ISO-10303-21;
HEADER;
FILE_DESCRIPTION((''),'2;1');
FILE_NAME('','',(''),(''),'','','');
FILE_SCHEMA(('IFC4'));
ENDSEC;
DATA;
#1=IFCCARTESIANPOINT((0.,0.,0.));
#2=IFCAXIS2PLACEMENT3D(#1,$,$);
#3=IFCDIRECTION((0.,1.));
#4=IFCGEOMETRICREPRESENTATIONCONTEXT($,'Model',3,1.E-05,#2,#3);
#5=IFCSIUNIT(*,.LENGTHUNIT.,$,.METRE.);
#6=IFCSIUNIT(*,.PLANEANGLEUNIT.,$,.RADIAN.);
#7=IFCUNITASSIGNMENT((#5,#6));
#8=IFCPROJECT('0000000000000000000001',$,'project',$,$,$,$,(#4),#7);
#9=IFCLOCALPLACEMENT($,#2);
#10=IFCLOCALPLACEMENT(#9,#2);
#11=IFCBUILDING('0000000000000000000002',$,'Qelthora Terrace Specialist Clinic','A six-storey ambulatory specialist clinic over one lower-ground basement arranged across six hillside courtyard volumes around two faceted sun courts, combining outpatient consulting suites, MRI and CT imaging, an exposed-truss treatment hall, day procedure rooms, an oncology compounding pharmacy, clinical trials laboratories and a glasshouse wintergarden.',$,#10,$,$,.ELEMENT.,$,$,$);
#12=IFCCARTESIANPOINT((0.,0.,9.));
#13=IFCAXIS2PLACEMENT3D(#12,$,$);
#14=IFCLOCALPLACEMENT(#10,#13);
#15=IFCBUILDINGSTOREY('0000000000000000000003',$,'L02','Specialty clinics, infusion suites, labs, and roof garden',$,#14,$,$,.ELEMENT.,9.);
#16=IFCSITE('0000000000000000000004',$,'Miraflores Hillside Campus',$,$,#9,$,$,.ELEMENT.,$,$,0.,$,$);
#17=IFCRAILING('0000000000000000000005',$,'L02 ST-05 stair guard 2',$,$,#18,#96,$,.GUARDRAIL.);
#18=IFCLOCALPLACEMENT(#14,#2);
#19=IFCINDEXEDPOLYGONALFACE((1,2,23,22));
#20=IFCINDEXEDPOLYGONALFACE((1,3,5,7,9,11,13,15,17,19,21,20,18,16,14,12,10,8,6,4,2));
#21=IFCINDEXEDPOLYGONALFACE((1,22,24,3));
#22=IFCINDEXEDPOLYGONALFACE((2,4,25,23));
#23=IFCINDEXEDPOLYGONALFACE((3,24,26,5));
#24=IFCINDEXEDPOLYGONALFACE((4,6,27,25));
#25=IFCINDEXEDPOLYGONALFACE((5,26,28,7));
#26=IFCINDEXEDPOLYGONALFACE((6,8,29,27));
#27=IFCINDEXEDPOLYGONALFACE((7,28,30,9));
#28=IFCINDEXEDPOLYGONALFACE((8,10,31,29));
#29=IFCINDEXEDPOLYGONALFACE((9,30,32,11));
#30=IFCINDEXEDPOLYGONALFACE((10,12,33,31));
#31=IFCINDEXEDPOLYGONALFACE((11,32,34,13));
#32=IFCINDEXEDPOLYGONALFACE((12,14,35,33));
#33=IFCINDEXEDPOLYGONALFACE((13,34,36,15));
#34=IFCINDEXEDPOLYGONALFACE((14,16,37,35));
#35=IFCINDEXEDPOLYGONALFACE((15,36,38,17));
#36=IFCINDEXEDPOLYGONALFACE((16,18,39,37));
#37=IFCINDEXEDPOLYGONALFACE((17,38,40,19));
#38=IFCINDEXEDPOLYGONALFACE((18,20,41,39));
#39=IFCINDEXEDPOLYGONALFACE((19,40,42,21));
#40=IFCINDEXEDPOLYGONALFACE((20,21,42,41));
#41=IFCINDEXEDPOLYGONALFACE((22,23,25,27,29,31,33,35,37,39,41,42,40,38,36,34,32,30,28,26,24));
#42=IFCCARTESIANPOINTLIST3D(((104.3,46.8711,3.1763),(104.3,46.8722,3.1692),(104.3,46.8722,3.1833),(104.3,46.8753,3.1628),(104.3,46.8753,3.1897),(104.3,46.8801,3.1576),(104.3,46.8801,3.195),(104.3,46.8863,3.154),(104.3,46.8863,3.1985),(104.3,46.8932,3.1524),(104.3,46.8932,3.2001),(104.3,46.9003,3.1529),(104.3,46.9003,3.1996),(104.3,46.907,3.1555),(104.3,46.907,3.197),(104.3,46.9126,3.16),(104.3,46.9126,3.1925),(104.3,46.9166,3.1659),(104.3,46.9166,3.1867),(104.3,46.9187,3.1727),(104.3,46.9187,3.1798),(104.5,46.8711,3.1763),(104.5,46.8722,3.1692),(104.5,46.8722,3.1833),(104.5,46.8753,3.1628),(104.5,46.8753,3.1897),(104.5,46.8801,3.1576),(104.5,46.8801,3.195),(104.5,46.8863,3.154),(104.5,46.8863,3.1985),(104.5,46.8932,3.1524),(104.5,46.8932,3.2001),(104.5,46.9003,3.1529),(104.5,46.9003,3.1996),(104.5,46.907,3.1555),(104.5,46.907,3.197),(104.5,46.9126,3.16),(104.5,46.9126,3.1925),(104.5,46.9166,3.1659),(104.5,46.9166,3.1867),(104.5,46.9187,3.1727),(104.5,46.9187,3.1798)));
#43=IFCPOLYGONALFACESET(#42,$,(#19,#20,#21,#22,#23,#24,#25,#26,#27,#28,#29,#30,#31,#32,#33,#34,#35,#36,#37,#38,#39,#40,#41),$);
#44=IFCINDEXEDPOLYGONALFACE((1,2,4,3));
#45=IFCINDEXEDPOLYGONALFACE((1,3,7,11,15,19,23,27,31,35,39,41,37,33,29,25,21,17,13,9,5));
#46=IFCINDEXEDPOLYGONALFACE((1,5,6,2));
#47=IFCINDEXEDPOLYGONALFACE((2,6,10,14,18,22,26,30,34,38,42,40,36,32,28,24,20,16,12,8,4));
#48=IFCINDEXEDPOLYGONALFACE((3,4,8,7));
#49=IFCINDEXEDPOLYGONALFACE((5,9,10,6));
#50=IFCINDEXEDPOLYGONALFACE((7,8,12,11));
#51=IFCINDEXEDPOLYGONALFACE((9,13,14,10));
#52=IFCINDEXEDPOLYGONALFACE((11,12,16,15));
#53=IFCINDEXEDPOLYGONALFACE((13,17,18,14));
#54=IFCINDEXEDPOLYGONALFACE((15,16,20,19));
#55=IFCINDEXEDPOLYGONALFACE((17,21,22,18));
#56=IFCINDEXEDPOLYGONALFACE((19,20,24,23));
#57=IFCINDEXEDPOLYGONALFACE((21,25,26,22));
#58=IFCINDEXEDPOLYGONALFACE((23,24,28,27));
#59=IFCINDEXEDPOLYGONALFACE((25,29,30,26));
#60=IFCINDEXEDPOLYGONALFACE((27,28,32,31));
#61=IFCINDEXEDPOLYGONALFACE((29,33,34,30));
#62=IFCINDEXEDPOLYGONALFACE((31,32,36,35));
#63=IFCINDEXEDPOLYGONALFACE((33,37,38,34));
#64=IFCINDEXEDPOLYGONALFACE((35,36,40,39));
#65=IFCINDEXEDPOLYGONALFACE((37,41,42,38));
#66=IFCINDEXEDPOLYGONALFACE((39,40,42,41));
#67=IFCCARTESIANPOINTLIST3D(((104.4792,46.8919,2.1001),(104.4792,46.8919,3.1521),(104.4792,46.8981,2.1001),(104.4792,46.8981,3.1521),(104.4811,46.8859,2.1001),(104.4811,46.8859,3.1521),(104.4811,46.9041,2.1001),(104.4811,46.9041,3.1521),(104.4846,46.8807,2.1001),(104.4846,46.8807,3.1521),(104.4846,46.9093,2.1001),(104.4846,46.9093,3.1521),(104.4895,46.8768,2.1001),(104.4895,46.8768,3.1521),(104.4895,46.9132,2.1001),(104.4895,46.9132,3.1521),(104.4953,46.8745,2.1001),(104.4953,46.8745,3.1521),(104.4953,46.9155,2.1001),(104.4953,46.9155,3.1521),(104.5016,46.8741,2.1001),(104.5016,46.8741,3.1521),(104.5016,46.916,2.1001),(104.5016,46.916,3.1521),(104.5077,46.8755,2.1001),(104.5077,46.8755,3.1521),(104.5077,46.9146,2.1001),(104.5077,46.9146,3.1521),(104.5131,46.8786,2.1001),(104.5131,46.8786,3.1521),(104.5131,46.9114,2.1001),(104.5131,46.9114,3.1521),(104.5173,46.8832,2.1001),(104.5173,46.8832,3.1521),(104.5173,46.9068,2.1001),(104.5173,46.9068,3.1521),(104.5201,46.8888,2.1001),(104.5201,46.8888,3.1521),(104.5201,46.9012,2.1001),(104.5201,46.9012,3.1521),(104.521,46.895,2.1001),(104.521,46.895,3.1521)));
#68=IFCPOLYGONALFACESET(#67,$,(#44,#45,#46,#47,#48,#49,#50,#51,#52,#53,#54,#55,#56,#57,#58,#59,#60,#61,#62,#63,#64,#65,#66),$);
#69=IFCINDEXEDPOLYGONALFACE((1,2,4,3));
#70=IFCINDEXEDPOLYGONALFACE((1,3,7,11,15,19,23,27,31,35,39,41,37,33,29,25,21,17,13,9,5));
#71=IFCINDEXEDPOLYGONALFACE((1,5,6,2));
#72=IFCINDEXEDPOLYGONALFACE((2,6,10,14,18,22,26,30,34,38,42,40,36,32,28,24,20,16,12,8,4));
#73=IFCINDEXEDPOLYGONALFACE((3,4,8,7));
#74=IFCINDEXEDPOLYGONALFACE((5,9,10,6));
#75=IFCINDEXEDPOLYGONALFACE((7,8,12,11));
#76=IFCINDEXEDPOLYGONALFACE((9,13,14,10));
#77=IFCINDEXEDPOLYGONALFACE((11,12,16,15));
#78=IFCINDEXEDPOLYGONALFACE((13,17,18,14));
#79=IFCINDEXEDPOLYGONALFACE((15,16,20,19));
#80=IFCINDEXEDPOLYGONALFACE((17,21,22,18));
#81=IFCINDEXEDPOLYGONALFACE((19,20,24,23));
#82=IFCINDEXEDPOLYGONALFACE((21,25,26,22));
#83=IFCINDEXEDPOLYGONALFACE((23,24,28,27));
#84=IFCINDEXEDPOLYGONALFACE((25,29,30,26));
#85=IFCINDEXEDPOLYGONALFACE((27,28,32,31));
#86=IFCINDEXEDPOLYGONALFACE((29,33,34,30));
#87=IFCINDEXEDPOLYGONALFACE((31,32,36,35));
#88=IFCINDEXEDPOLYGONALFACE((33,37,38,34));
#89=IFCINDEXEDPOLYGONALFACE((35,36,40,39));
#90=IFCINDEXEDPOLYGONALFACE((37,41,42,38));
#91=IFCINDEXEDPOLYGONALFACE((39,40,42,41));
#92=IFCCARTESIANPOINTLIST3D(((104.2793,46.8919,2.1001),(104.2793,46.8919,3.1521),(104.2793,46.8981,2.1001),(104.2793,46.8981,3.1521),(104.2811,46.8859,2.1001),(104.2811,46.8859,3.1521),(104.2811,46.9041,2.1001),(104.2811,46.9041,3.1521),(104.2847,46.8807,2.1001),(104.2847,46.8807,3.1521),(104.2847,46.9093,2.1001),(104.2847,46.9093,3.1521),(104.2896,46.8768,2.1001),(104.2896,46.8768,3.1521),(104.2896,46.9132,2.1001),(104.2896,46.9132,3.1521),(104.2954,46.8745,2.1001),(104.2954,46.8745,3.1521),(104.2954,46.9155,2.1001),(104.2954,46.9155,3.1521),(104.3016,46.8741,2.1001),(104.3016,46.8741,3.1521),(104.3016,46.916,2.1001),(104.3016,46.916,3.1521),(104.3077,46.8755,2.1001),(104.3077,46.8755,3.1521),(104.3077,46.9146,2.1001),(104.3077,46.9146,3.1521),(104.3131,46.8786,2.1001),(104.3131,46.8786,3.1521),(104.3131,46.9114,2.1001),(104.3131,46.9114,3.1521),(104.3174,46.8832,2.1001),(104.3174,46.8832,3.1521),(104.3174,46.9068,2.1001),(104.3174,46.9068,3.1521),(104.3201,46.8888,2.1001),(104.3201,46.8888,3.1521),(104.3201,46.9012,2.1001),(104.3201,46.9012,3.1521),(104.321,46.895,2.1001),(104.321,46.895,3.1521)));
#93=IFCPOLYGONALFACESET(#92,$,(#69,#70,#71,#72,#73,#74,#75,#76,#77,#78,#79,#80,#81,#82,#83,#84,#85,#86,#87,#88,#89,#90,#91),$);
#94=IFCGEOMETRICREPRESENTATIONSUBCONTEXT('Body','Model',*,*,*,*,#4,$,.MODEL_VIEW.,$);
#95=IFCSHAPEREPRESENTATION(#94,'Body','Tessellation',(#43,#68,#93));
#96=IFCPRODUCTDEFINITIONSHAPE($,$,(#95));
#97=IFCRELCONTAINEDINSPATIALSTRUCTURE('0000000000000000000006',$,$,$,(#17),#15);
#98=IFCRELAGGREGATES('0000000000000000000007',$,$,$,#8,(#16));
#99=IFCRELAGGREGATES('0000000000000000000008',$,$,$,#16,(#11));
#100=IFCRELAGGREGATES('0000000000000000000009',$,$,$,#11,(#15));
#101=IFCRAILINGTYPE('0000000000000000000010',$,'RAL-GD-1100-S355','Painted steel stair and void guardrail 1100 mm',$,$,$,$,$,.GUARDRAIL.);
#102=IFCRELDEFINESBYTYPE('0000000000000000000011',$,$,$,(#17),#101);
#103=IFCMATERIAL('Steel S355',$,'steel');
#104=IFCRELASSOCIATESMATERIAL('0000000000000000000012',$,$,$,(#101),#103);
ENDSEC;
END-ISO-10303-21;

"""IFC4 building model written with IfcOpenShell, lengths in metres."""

from ifc_helpers import new_model, si_unit, direction, frame, origin, origin_2d, place, context, subcontext, project, spatial, circle, extrude, material, type_object, element, save


model = new_model("IFC4")

# Units and contexts
model_context = context("Model", 3, precision=1e-05, world=origin(), true_north=direction((0.0, 1.0)))
body_context = subcontext(model_context, "Body", "Model", "MODEL_VIEW")
ifc_project = project(units=[si_unit("LENGTHUNIT", "METRE"), si_unit("PLANEANGLEUNIT", "RADIAN")], contexts=[model_context])

# Site, building, storey
site_placement = place(None, origin())
site = spatial("IfcSite", under=ifc_project, at=site_placement, Name="Miraflores Hillside Campus", CompositionType="ELEMENT", RefElevation=0.0)
building_placement = place(site_placement, origin())
building = spatial("IfcBuilding", under=site, at=building_placement, Name="Qelthora Terrace Specialist Clinic", Description="A six-storey ambulatory specialist clinic over one lower-ground basement arranged across six hillside courtyard volumes around two faceted sun courts, combining outpatient consulting suites, MRI and CT imaging, an exposed-truss treatment hall, day procedure rooms, an oncology compounding pharmacy, clinical trials laboratories and a glasshouse wintergarden.", CompositionType="ELEMENT")
storey_placement = place(building_placement, frame((0.0, 0.0, 9.0)))
storey = spatial("IfcBuildingStorey", under=building, at=storey_placement, Name="L02", Description="Specialty clinics, infusion suites, labs, and roof garden", CompositionType="ELEMENT", Elevation=9.0)

# Shared definitions
ifc_material_1 = material(Name="Steel S355", Category="steel")

# Railing
railing_type_1 = type_object("IfcRailingType", Name="RAL-GD-1100-S355", Description="Painted steel stair and void guardrail 1100 mm", PredefinedType="GUARDRAIL", material=ifc_material_1)
railing_1_placement = place(storey_placement, frame((104.5, 46.895, 2.1001)))
element("IfcRailing", 1, at=railing_1_placement, inside=storey, type_object=railing_type_1, Name="L02 ST-05 stair guard 2", PredefinedType="GUARDRAIL", context=body_context, shape_type="SweptSolid", body=[
    extrude(circle(Radius=0.0239, at=origin_2d()), frame((0.0, 0.0, 1.0762), z_axis=(-1.0, 0.0, 0.0), x_axis=(0.0, -1.0, 0.0)), (0.0, 0.0, 1.0), 0.2),
    extrude(circle(Radius=0.021, at=origin_2d()), origin(), (0.0, 0.0, 1.0), 1.052),
    extrude(circle(Radius=0.021, at=origin_2d()), frame((-0.2, 0.0, 0.0)), (0.0, 0.0, 1.0), 1.052),
])

save(model, "model.ifc")
